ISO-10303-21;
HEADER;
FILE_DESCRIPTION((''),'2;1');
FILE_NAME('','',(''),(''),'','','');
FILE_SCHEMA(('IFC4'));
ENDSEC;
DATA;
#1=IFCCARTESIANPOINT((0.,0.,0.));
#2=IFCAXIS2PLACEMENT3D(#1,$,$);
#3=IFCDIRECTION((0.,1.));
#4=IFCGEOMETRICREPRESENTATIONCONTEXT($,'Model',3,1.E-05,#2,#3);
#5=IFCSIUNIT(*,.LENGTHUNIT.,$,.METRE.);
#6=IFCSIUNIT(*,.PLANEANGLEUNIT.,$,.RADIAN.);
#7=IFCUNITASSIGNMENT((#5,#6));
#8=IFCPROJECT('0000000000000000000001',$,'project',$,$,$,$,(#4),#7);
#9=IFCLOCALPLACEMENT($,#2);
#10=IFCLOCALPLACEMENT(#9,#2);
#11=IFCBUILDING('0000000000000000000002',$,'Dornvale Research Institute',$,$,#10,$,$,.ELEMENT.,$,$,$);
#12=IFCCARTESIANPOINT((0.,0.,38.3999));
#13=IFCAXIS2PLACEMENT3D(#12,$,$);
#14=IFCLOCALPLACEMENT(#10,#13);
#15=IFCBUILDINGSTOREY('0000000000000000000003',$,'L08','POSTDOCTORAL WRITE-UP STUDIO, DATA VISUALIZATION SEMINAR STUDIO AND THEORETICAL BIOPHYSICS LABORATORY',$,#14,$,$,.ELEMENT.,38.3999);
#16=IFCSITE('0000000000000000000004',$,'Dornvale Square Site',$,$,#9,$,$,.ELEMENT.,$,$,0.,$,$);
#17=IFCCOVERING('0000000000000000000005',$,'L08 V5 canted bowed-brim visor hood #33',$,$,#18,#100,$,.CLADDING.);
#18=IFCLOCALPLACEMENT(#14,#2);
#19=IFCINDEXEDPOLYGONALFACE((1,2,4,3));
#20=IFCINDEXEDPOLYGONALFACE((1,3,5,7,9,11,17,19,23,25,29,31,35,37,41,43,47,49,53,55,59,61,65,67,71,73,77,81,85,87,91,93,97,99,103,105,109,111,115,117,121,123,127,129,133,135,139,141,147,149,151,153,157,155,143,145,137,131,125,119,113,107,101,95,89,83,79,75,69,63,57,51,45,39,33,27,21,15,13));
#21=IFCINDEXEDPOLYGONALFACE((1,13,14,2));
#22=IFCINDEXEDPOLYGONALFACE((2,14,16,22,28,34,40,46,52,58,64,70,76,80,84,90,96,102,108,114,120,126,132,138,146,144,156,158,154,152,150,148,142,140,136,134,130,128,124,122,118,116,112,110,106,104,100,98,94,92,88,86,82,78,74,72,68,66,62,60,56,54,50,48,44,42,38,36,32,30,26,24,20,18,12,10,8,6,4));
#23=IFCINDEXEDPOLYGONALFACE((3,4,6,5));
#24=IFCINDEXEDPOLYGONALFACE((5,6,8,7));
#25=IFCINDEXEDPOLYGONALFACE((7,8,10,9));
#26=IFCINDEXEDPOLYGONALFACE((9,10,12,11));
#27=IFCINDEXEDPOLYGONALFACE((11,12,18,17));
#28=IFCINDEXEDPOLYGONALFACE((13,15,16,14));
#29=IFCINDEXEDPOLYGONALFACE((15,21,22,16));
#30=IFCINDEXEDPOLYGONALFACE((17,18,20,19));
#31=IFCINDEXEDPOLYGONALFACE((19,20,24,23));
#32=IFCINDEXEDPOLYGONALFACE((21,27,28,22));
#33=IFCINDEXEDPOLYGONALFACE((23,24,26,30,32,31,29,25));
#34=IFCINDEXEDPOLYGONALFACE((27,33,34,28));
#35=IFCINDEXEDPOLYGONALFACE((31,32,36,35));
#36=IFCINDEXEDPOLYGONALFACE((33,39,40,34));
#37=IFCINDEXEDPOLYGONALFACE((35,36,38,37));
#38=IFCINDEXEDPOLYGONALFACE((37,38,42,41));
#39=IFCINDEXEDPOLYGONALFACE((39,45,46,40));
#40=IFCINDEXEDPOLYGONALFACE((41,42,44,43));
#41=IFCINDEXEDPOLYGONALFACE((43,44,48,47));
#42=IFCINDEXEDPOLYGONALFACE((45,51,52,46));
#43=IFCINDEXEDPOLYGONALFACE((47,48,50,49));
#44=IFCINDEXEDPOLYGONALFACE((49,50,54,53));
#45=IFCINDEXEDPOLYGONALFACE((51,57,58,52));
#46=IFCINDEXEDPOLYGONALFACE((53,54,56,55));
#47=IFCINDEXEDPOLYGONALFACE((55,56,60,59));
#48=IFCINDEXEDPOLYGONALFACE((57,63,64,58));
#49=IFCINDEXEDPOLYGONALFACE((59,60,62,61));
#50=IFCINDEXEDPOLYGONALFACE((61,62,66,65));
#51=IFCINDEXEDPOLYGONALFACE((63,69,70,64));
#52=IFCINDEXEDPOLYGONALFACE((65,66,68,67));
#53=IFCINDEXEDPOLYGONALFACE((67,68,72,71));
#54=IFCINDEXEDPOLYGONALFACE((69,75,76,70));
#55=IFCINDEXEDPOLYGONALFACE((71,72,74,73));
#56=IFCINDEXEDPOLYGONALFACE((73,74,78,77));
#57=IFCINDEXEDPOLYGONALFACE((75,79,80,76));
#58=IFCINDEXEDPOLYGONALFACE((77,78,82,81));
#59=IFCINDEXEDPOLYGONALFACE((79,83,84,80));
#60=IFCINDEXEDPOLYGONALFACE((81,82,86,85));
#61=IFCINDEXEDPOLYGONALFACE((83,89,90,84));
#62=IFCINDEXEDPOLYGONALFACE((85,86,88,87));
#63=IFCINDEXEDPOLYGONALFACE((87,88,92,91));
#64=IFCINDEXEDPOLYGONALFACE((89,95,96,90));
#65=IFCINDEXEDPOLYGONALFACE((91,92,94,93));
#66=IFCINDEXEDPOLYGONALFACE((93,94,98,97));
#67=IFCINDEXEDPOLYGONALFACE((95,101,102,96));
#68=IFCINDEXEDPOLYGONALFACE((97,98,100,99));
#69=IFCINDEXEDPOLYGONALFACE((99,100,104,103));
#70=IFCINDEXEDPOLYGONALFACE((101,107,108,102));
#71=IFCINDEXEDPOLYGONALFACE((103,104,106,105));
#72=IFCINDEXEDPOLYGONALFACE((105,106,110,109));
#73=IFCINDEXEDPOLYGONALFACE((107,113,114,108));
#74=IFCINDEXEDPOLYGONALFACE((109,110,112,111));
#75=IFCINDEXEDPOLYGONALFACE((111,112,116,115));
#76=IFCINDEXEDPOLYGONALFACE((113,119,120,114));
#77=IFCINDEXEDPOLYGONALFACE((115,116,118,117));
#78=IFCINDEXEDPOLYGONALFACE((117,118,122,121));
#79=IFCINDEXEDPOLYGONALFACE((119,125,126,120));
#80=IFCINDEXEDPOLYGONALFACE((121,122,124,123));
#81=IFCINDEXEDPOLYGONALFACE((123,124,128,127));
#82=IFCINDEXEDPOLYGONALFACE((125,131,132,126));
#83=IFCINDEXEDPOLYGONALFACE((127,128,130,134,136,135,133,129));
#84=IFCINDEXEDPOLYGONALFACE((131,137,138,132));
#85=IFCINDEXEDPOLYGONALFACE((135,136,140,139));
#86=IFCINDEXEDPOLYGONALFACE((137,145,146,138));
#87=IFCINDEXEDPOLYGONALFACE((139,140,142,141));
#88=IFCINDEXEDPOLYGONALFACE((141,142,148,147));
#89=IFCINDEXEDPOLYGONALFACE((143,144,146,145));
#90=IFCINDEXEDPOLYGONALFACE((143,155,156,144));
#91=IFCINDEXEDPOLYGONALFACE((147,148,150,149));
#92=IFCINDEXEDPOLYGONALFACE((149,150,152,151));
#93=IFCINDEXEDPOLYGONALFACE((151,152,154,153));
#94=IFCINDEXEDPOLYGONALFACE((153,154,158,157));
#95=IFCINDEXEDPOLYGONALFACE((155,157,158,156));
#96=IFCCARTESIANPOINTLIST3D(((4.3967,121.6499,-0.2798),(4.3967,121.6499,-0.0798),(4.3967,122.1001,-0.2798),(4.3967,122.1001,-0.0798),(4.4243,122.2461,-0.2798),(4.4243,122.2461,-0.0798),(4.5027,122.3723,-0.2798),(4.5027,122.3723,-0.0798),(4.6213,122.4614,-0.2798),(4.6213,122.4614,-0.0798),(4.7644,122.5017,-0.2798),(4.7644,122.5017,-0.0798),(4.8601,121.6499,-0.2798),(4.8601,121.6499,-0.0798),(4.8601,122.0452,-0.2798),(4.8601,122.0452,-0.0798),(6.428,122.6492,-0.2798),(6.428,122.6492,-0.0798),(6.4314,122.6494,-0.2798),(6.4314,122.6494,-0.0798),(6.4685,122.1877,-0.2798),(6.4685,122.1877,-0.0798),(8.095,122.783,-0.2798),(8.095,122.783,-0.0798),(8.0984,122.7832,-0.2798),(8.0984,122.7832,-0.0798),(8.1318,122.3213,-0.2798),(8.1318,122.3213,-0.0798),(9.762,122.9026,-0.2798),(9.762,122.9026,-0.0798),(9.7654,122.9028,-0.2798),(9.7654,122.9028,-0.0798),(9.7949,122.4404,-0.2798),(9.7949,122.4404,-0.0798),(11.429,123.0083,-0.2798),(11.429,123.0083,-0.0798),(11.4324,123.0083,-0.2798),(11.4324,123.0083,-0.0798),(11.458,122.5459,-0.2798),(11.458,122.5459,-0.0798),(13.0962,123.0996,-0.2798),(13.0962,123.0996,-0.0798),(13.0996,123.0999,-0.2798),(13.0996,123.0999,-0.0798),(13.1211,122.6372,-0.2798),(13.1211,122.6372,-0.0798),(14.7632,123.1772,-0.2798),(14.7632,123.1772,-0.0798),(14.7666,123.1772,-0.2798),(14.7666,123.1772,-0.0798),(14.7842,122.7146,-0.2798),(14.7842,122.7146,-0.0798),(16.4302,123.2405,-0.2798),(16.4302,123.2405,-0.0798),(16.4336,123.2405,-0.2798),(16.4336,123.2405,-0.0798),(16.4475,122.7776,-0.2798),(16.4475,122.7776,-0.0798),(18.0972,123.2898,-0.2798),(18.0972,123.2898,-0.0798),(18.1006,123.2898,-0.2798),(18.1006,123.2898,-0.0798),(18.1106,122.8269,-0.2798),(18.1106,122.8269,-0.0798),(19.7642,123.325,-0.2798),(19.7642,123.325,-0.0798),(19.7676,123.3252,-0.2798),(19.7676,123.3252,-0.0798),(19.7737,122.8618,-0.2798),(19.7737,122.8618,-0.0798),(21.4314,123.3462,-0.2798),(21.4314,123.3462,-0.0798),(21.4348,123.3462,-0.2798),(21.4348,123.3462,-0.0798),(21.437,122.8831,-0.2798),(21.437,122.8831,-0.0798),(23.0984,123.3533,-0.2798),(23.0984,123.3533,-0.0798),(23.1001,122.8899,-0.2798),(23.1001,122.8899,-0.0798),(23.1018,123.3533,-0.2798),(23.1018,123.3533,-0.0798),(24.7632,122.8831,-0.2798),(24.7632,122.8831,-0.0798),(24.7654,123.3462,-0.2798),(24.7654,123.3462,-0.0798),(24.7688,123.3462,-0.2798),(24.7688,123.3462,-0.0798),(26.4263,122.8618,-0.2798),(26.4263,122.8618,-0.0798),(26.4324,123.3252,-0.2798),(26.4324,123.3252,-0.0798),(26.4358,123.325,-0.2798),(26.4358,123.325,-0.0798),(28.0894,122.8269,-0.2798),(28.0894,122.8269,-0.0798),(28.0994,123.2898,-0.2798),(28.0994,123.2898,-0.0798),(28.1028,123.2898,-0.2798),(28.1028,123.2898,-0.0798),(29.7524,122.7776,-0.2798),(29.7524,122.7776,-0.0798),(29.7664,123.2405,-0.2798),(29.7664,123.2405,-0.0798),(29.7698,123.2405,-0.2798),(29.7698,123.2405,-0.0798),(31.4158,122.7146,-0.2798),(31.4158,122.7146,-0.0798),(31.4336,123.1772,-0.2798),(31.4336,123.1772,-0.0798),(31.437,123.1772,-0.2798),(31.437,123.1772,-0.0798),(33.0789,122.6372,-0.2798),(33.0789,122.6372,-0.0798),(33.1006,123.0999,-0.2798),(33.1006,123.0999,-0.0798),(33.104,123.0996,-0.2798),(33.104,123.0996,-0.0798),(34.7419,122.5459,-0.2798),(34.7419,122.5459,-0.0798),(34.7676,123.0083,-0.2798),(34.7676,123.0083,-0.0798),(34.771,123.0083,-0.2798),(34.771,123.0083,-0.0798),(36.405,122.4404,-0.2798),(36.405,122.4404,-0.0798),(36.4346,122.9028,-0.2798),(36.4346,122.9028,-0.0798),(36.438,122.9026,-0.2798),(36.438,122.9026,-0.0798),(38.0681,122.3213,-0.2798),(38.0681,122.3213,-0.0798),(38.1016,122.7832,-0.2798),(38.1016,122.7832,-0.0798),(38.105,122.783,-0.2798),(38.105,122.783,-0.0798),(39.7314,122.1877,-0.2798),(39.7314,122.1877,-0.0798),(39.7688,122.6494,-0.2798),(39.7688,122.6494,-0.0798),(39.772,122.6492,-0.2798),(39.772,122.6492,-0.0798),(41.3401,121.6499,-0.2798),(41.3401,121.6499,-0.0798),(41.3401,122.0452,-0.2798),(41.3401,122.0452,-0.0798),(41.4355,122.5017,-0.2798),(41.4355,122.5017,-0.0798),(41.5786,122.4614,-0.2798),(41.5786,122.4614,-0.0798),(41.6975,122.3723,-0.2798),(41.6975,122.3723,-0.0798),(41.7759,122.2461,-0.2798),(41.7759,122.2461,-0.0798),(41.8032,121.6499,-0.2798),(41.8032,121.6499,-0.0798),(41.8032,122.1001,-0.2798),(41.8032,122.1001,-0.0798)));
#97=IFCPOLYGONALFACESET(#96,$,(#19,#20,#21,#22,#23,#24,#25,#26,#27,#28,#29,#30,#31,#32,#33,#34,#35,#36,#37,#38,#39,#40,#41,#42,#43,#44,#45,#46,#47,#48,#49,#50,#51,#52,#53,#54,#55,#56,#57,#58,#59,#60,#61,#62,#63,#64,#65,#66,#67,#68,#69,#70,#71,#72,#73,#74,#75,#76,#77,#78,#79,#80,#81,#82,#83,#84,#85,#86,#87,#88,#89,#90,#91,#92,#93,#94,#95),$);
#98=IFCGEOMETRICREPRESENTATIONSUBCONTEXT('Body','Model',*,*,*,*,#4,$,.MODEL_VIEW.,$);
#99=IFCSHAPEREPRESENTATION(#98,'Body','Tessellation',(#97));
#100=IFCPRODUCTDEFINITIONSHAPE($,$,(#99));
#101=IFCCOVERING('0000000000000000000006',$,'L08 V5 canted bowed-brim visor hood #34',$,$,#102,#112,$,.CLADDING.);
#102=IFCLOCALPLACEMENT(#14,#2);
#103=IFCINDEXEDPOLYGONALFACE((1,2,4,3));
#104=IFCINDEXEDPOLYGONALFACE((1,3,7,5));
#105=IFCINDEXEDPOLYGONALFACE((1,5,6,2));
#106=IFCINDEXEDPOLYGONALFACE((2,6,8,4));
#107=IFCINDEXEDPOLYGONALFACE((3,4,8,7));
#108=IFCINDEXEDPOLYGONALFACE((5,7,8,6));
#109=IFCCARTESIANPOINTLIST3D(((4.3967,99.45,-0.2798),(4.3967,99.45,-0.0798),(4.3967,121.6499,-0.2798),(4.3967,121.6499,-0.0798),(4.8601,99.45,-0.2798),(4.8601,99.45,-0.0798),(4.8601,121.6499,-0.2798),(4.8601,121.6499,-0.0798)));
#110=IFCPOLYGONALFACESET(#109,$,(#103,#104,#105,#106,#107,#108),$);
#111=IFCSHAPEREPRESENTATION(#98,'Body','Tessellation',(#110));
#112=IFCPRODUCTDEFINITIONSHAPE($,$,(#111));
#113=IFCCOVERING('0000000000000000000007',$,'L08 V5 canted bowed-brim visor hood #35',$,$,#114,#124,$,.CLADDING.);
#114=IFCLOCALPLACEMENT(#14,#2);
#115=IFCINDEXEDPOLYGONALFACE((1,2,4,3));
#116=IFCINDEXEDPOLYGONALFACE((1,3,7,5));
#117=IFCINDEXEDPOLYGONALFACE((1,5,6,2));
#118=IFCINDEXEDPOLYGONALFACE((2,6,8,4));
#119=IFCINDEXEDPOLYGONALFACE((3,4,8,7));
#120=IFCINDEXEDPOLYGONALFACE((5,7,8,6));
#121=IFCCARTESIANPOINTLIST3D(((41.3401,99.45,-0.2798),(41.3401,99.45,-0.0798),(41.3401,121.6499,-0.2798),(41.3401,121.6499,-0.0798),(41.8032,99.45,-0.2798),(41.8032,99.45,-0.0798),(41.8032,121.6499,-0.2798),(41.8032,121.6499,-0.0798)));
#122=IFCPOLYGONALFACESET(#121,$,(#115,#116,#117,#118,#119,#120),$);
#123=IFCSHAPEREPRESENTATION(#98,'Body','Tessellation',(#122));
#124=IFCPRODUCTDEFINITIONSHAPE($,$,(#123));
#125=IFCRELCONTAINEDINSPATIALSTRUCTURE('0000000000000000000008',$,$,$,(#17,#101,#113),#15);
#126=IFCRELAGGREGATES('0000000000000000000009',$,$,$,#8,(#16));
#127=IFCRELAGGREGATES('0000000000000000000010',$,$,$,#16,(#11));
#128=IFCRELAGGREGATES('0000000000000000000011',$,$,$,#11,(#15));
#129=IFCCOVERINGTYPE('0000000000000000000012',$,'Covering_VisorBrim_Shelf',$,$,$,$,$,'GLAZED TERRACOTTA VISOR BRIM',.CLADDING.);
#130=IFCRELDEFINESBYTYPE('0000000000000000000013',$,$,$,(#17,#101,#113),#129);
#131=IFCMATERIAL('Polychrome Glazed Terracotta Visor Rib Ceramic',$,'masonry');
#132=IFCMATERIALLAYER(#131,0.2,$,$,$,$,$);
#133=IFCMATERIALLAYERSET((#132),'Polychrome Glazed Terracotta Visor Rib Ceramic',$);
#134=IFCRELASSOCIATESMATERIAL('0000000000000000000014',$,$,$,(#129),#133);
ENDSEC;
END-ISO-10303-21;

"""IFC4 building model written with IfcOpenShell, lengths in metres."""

from ifc_helpers import new_model, si_unit, direction, frame, origin, place, context, subcontext, project, spatial, polyline, outline, extrude, material, layer, layer_set, type_object, element, save


model = new_model("IFC4")

# Units and contexts
model_context = context("Model", 3, precision=1e-05, world=origin(), true_north=direction((0.0, 1.0)))
body_context = subcontext(model_context, "Body", "Model", "MODEL_VIEW")
ifc_project = project(units=[si_unit("LENGTHUNIT", "METRE"), si_unit("PLANEANGLEUNIT", "RADIAN")], contexts=[model_context])

# Site, building, storey
site_placement = place(None, origin())
site = spatial("IfcSite", under=ifc_project, at=site_placement, Name="Dornvale Square Site", CompositionType="ELEMENT", RefElevation=0.0)
building_placement = place(site_placement, origin())
building = spatial("IfcBuilding", under=site, at=building_placement, Name="Dornvale Research Institute", CompositionType="ELEMENT")
storey_placement = place(building_placement, frame((0.0, 0.0, 38.3999)))
storey = spatial("IfcBuildingStorey", under=building, at=storey_placement, Name="L08", Description="POSTDOCTORAL WRITE-UP STUDIO, DATA VISUALIZATION SEMINAR STUDIO AND THEORETICAL BIOPHYSICS LABORATORY", CompositionType="ELEMENT", Elevation=38.3999)

# Coverings
ifc_material_1 = material(Name="Polychrome Glazed Terracotta Visor Rib Ceramic", Category="masonry")
ifc_layer_1 = layer(ifc_material_1, 0.2)
ifc_layer_set_1 = layer_set([ifc_layer_1], Name="Polychrome Glazed Terracotta Visor Rib Ceramic")
covering_type_1 = type_object("IfcCoveringType", Name="Covering_VisorBrim_Shelf", ElementType="GLAZED TERRACOTTA VISOR BRIM", PredefinedType="CLADDING", material=ifc_layer_set_1)
covering_1_placement = place(storey_placement, frame((0.0, 0.0, -0.2798)))
element("IfcCovering", 1, at=covering_1_placement, inside=storey, type_object=covering_type_1, Name="L08 V5 canted bowed-brim visor hood #33", PredefinedType="CLADDING", context=body_context, shape_type="SweptSolid", body=[
    extrude(outline(polyline([(4.4243, 122.2461), (4.5027, 122.3723), (4.6213, 122.4614), (4.7644, 122.5017), (6.428, 122.6492), (6.4314, 122.6494), (8.095, 122.783), (8.0984, 122.7832), (9.762, 122.9026), (9.7654, 122.9028), (11.429, 123.0083), (11.4324, 123.0083), (13.0962, 123.0996), (13.0996, 123.0999), (14.7632, 123.1772), (14.7666, 123.1772), (16.4302, 123.2405), (16.4336, 123.2405), (18.0972, 123.2898), (18.1006, 123.2898), (19.7642, 123.325), (19.7676, 123.3252), (21.4314, 123.3462), (21.4348, 123.3462), (23.0984, 123.3533), (23.1018, 123.3533), (24.7654, 123.3462), (24.7688, 123.3462), (26.4324, 123.3252), (26.4358, 123.325), (28.0994, 123.2898), (28.1028, 123.2898), (29.7664, 123.2405), (29.7698, 123.2405), (31.4336, 123.1772), (31.437, 123.1772), (33.1006, 123.0999), (33.104, 123.0996), (34.7676, 123.0083), (34.771, 123.0083), (36.4346, 122.9028), (36.438, 122.9026), (38.1016, 122.7832), (38.105, 122.783), (39.7688, 122.6494), (39.772, 122.6492), (41.4355, 122.5017), (41.5786, 122.4614), (41.6975, 122.3723), (41.7759, 122.2461), (41.8032, 122.1001), (41.8032, 121.6499), (41.3401, 121.6499), (41.3401, 122.0452), (39.7314, 122.1877), (38.0681, 122.3213), (36.405, 122.4404), (34.7419, 122.5459), (33.0789, 122.6372), (31.4158, 122.7146), (29.7524, 122.7776), (28.0894, 122.8269), (26.4263, 122.8618), (24.7632, 122.8831), (23.1001, 122.8899), (21.437, 122.8831), (19.7737, 122.8618), (18.1106, 122.8269), (16.4475, 122.7776), (14.7842, 122.7146), (13.1211, 122.6372), (11.458, 122.5459), (9.7949, 122.4404), (8.1318, 122.3213), (6.4685, 122.1877), (4.8601, 122.0452), (4.8601, 121.6499), (4.3967, 121.6499), (4.3967, 122.1001), (4.4243, 122.2461)])), origin(), (0.0, 0.0, 1.0), 0.2),
])
covering_2_placement = place(storey_placement, frame((0.0, 0.0, -0.2798)))
element("IfcCovering", 2, at=covering_2_placement, inside=storey, type_object=covering_type_1, Name="L08 V5 canted bowed-brim visor hood #34", PredefinedType="CLADDING", context=body_context, shape_type="SweptSolid", body=[
    extrude(outline(polyline([(4.3967, 121.6499), (4.8601, 121.6499), (4.8601, 99.45), (4.3967, 99.45), (4.3967, 121.6499)])), origin(), (0.0, 0.0, 1.0), 0.2),
])
covering_3_placement = place(storey_placement, frame((0.0, 0.0, -0.2798)))
element("IfcCovering", 3, at=covering_3_placement, inside=storey, type_object=covering_type_1, Name="L08 V5 canted bowed-brim visor hood #35", PredefinedType="CLADDING", context=body_context, shape_type="SweptSolid", body=[
    extrude(outline(polyline([(41.8032, 99.45), (41.3401, 99.45), (41.3401, 121.6499), (41.8032, 121.6499), (41.8032, 99.45)])), origin(), (0.0, 0.0, 1.0), 0.2),
])

save(model, "model.ifc")
